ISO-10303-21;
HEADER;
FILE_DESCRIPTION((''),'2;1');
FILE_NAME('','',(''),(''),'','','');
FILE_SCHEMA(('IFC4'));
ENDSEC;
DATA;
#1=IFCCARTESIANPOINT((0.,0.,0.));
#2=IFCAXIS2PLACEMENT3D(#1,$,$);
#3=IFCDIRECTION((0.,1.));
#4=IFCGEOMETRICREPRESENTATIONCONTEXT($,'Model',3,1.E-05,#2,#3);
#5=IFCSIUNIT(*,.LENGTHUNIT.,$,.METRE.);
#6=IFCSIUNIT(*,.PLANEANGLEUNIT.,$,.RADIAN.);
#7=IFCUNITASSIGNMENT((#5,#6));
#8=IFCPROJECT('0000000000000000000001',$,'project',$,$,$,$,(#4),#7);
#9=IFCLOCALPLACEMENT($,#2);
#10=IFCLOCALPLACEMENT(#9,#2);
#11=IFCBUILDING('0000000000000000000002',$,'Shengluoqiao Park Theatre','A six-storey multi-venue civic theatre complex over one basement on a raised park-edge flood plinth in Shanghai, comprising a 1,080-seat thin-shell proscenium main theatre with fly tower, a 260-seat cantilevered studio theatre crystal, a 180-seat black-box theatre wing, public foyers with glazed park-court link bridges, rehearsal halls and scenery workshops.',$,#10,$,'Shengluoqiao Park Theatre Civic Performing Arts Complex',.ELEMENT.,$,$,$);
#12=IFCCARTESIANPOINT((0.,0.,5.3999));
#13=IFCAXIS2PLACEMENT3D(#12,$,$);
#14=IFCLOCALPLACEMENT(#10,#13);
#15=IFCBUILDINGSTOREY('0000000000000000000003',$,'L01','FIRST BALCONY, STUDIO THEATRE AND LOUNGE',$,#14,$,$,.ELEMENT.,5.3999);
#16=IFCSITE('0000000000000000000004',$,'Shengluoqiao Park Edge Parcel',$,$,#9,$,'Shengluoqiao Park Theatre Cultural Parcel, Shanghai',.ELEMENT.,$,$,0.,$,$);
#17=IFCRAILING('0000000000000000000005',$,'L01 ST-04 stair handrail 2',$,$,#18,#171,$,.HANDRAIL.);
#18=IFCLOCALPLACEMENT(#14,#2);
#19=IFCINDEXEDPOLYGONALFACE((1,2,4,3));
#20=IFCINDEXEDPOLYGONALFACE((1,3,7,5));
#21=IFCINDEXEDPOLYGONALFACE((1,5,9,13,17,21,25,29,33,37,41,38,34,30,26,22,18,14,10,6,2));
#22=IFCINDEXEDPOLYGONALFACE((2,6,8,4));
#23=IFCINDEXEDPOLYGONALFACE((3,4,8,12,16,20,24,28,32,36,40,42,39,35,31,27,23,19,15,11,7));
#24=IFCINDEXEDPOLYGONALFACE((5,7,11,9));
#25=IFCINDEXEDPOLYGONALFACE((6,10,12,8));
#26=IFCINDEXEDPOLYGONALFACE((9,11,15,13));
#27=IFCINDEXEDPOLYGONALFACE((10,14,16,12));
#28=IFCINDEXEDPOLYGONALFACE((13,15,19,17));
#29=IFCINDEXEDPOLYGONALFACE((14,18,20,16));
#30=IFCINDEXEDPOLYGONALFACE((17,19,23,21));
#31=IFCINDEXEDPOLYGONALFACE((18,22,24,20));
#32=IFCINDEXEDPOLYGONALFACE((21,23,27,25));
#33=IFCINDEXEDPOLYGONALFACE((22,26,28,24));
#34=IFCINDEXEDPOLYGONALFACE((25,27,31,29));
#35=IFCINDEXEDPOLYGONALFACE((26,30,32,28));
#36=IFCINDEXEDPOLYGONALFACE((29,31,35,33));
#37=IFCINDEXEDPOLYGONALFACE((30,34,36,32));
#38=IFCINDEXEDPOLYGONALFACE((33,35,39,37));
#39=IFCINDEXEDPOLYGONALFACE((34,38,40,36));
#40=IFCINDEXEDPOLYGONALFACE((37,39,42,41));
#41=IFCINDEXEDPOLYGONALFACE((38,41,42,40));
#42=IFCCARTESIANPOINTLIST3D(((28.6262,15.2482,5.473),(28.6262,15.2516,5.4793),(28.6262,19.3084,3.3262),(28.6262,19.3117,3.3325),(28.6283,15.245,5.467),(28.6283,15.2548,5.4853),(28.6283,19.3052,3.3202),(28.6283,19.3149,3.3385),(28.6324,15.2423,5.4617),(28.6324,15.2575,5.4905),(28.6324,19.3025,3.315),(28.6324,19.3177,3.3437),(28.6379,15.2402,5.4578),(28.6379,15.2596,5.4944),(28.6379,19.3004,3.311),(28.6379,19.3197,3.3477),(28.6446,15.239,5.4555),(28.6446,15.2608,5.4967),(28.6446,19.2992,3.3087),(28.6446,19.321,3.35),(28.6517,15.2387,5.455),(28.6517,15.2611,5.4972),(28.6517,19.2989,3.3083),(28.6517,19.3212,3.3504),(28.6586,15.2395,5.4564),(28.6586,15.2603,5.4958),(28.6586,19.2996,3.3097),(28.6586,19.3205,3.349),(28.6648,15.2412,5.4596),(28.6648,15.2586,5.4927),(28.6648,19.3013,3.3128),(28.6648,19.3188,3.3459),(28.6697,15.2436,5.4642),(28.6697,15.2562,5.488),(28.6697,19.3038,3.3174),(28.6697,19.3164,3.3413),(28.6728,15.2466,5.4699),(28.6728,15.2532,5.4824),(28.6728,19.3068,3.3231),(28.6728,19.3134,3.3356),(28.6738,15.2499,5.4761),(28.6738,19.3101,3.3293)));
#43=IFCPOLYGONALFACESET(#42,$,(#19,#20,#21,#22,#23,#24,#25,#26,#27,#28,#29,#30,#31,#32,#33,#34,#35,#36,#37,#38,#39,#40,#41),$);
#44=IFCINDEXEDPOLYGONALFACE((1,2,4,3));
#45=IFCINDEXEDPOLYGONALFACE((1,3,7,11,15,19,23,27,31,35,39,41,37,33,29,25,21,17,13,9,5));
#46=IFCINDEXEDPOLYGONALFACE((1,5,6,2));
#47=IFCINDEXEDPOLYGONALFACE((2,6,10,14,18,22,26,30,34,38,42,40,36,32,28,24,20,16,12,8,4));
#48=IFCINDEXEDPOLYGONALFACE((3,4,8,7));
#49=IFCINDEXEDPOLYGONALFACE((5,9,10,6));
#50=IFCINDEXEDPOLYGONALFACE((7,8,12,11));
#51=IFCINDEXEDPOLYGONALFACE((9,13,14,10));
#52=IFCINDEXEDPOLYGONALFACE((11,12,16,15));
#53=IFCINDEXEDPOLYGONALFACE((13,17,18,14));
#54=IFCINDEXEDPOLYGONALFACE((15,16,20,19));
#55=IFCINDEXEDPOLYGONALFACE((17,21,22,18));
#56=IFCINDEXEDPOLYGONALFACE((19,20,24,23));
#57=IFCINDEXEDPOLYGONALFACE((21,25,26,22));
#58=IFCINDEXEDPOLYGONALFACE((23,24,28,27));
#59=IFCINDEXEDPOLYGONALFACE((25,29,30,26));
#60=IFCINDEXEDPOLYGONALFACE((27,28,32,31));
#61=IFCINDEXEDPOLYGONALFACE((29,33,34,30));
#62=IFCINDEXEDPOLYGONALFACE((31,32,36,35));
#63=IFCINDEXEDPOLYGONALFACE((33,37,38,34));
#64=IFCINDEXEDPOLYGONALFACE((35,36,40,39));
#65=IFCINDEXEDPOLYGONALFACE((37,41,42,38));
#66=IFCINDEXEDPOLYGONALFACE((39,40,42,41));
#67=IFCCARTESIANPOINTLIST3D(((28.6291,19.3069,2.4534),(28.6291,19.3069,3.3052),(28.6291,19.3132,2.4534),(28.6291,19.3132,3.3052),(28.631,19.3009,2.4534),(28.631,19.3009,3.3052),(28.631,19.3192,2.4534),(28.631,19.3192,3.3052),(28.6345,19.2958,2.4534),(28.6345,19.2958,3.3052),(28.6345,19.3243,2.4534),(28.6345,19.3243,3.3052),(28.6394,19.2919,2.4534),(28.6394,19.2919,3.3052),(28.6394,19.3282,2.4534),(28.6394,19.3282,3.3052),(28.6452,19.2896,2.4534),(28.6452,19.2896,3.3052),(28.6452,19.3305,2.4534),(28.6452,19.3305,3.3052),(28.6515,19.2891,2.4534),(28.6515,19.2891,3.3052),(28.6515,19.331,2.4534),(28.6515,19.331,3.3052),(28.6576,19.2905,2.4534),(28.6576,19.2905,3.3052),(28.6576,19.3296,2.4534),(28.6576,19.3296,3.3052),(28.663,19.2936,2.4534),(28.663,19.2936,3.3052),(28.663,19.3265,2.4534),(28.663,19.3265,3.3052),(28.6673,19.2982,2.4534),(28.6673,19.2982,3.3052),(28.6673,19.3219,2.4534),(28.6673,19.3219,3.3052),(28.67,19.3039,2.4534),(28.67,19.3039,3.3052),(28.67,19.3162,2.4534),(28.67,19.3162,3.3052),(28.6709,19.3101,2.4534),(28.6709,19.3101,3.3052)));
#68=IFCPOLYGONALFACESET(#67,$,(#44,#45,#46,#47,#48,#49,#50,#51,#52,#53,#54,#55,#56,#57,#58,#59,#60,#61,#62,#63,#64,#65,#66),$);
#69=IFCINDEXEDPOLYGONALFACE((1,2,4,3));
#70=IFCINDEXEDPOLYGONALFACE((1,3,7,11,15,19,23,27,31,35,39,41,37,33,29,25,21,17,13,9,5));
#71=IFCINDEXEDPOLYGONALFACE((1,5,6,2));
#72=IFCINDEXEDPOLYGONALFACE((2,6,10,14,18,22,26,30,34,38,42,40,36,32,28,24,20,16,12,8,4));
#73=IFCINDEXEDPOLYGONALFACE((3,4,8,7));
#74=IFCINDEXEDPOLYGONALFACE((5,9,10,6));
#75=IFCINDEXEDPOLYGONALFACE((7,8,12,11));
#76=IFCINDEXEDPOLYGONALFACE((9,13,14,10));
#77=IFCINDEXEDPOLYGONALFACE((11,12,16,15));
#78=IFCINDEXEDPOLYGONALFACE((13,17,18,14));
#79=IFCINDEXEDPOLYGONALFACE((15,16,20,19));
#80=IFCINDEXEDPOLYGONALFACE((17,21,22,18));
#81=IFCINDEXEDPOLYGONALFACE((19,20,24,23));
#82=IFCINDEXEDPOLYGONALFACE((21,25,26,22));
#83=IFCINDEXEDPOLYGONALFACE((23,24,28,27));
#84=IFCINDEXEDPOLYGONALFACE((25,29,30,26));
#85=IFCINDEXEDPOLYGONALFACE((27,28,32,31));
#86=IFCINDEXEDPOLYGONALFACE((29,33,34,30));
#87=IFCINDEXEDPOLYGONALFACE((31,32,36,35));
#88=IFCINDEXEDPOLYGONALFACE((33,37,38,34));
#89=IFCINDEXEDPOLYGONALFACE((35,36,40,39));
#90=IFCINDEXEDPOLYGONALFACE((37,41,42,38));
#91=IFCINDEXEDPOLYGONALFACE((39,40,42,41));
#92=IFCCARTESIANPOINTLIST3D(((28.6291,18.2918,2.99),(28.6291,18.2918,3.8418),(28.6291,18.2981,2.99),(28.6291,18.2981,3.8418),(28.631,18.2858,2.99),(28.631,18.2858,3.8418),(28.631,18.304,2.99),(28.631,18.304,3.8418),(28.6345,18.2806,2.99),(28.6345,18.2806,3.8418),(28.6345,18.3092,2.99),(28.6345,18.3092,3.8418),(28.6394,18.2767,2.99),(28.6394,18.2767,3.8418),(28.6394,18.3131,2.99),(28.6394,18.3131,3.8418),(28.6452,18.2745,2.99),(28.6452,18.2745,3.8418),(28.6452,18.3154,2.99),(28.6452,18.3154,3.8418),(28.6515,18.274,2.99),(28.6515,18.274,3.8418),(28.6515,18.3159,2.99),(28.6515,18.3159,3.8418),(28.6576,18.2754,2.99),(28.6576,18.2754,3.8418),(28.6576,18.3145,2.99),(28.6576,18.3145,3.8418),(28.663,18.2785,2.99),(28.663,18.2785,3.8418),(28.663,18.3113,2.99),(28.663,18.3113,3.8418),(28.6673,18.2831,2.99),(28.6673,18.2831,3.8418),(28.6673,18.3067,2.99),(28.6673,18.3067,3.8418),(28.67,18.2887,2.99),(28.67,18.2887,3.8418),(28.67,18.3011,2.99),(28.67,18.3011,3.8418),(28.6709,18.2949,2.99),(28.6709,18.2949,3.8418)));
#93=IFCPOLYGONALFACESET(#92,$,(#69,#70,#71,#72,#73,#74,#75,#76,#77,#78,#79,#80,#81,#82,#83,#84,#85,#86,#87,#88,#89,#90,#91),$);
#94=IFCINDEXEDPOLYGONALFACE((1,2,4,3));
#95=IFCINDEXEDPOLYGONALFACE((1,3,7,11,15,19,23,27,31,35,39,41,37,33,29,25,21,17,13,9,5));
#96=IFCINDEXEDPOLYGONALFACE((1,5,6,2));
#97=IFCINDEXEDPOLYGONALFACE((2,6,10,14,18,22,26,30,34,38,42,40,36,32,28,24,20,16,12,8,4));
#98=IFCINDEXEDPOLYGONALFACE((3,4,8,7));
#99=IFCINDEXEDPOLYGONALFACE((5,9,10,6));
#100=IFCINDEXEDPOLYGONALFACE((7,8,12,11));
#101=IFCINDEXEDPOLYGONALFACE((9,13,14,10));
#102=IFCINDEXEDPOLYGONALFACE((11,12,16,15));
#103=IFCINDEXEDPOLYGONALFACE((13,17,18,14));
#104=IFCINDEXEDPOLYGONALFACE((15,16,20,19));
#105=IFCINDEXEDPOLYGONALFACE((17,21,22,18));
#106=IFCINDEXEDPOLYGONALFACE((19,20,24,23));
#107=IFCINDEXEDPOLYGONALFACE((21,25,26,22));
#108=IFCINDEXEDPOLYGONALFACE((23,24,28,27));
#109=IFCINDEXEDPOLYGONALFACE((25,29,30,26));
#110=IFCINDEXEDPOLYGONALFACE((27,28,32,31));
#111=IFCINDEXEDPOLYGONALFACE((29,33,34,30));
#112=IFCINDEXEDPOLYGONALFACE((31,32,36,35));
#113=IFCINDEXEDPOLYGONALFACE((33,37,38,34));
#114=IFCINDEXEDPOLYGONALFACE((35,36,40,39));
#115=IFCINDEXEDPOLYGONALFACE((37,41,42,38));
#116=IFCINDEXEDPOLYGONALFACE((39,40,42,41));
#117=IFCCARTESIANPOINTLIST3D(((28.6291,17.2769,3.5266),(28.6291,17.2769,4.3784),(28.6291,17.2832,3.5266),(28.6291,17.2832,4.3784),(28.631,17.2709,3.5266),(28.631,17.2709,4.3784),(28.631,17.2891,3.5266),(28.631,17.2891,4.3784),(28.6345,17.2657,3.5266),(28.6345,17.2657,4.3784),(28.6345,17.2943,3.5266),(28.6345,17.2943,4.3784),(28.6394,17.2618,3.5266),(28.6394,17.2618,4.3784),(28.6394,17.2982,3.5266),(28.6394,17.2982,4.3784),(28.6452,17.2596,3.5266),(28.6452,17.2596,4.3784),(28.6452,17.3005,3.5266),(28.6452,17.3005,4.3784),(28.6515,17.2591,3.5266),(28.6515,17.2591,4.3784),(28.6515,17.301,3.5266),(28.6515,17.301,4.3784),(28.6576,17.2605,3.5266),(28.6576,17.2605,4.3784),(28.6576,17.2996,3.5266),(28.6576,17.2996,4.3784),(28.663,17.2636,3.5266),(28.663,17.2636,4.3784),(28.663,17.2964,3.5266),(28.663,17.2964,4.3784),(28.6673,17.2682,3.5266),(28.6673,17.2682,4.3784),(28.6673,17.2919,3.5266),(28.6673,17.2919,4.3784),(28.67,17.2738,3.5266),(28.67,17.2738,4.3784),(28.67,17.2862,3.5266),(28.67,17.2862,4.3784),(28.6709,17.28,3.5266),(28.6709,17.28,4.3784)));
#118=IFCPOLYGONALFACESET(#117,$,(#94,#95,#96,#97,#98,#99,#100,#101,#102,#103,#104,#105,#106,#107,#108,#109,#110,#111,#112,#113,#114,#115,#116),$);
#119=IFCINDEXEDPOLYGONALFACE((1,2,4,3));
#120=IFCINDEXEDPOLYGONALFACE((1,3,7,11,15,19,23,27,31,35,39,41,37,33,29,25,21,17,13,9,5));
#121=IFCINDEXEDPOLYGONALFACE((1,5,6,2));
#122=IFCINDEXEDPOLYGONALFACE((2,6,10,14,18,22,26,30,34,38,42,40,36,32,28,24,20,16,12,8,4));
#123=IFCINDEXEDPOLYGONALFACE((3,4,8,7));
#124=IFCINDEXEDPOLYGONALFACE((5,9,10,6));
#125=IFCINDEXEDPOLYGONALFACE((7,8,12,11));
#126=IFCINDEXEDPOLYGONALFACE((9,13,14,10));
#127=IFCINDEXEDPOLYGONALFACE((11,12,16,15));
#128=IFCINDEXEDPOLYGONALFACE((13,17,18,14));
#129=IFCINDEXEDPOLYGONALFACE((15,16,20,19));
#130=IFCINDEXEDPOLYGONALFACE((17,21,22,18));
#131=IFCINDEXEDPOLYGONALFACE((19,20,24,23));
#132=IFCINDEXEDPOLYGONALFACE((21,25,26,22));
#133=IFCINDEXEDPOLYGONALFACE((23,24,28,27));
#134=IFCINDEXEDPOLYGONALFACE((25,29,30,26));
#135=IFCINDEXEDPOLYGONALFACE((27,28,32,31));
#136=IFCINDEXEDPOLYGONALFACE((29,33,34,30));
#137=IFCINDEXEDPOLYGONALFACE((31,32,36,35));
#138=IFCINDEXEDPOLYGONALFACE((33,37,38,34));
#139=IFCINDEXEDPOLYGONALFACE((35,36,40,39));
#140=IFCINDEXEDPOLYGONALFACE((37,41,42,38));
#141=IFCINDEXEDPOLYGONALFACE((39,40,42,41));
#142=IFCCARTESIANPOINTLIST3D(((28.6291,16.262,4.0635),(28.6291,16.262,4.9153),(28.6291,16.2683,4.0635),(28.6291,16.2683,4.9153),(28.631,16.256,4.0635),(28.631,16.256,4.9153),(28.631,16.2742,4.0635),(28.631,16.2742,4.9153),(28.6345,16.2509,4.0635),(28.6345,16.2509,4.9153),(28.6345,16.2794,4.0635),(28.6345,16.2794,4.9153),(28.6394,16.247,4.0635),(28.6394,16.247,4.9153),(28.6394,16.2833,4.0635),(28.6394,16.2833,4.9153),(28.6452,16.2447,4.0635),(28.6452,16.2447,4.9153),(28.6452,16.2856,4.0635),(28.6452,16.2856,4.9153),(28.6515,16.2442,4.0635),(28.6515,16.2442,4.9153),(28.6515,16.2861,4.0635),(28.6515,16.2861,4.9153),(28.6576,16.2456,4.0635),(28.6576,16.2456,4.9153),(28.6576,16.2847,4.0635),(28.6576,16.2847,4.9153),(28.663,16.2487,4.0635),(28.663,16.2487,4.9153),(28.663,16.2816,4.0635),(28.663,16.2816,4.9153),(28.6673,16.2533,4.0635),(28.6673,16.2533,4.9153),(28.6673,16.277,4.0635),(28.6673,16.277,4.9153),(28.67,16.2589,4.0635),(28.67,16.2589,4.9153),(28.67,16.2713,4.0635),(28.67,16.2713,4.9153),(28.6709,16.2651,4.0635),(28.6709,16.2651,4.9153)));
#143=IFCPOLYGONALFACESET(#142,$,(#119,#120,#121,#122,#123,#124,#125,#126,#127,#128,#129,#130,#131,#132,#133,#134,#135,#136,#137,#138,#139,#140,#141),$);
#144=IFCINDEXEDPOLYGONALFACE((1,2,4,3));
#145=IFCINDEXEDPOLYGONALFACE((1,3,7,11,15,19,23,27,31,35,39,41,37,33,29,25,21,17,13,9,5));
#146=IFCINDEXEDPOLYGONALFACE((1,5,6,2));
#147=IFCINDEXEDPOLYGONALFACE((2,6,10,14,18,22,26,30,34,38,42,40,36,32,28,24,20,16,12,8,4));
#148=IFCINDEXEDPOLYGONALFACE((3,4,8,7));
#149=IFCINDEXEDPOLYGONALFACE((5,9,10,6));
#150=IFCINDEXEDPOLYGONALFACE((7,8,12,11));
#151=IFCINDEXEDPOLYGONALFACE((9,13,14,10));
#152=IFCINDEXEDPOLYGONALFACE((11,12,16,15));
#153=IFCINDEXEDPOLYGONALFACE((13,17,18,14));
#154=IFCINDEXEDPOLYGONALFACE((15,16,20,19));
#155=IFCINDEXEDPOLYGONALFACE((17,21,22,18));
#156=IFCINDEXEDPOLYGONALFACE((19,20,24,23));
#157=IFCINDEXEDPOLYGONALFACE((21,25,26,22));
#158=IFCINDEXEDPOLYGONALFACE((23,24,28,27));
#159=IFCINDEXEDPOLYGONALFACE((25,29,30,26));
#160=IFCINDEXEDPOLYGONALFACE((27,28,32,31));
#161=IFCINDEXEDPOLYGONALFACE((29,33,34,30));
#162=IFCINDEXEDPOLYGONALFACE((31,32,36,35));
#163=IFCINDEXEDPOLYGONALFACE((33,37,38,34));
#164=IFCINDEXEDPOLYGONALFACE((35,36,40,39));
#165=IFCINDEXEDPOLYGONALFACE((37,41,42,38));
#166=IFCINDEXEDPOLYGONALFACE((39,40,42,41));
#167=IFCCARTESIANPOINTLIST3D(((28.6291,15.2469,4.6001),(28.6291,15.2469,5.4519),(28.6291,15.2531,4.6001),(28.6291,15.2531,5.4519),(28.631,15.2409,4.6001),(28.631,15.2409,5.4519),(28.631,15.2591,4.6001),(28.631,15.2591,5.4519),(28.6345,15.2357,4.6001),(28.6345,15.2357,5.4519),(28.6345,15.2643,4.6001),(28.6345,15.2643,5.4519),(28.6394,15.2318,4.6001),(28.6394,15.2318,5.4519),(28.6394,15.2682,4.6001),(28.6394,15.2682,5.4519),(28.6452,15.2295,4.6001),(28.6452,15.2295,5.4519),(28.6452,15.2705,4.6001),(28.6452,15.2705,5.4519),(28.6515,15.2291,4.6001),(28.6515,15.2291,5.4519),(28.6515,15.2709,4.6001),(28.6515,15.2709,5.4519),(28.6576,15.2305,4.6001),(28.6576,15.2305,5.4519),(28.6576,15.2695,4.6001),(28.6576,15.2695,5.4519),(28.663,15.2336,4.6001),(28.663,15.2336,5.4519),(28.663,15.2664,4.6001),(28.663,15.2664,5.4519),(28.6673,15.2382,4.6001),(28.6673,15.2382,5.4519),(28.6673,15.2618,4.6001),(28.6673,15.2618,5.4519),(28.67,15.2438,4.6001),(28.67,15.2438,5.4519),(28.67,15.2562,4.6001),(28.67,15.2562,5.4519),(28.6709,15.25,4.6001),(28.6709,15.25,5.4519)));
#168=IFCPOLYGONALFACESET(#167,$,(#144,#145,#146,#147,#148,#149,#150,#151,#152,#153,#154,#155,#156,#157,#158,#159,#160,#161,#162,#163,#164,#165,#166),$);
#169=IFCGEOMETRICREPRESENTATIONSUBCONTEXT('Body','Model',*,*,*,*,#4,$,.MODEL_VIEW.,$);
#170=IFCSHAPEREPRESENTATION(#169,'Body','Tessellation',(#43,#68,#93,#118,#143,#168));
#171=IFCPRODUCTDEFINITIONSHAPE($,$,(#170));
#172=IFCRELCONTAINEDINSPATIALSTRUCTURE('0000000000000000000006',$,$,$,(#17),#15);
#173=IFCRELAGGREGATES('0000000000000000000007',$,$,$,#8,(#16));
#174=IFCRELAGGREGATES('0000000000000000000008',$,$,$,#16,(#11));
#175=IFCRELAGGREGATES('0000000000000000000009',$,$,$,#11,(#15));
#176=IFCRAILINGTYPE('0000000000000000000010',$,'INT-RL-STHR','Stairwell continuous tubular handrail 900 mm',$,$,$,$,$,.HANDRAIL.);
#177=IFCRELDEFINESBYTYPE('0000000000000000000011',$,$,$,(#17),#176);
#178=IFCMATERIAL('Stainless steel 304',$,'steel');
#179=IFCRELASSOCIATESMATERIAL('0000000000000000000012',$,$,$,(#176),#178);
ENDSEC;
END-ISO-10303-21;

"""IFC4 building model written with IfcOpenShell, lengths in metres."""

from ifc_helpers import new_model, si_unit, direction, frame, origin, origin_2d, place, context, subcontext, project, spatial, circle, extrude, material, type_object, element, save


model = new_model("IFC4")

# Units and contexts
model_context = context("Model", 3, precision=1e-05, world=origin(), true_north=direction((0.0, 1.0)))
body_context = subcontext(model_context, "Body", "Model", "MODEL_VIEW")
ifc_project = project(units=[si_unit("LENGTHUNIT", "METRE"), si_unit("PLANEANGLEUNIT", "RADIAN")], contexts=[model_context])

# Site, building, storey
site_placement = place(None, origin())
site = spatial("IfcSite", under=ifc_project, at=site_placement, Name="Shengluoqiao Park Edge Parcel", LongName="Shengluoqiao Park Theatre Cultural Parcel, Shanghai", CompositionType="ELEMENT", RefElevation=0.0)
building_placement = place(site_placement, origin())
building = spatial("IfcBuilding", under=site, at=building_placement, Name="Shengluoqiao Park Theatre", Description="A six-storey multi-venue civic theatre complex over one basement on a raised park-edge flood plinth in Shanghai, comprising a 1,080-seat thin-shell proscenium main theatre with fly tower, a 260-seat cantilevered studio theatre crystal, a 180-seat black-box theatre wing, public foyers with glazed park-court link bridges, rehearsal halls and scenery workshops.", LongName="Shengluoqiao Park Theatre Civic Performing Arts Complex", CompositionType="ELEMENT")
storey_placement = place(building_placement, frame((0.0, 0.0, 5.3999)))
storey = spatial("IfcBuildingStorey", under=building, at=storey_placement, Name="L01", Description="FIRST BALCONY, STUDIO THEATRE AND LOUNGE", CompositionType="ELEMENT", Elevation=5.3999)

# Railing
ifc_material_1 = material(Name="Stainless steel 304", Category="steel")
railing_type_1 = type_object("IfcRailingType", Name="INT-RL-STHR", Description="Stairwell continuous tubular handrail 900 mm", PredefinedType="HANDRAIL", material=ifc_material_1)
railing_1_placement = place(storey_placement, frame((28.6499, 19.3101, 2.4534)))
element("IfcRailing", 1, at=railing_1_placement, inside=storey, type_object=railing_type_1, Name="L01 ST-04 stair handrail 2", PredefinedType="HANDRAIL", context=body_context, shape_type="SweptSolid", body=[
    extrude(circle(Radius=0.0239, at=origin_2d()), frame((0.0, 0.0, 0.876), z_axis=(0.0, -0.884032, 0.467426), x_axis=(1.0, 0.0, 0.0)), (0.0, 0.0, 1.0), 4.5928),
    extrude(circle(Radius=0.021, at=origin_2d()), origin(), (0.0, 0.0, 1.0), 0.8518),
    extrude(circle(Radius=0.021, at=origin_2d()), frame((0.0, -1.0151, 0.5366)), (0.0, 0.0, 1.0), 0.8518),
    extrude(circle(Radius=0.021, at=origin_2d()), frame((0.0, -2.03, 1.0732)), (0.0, 0.0, 1.0), 0.8518),
    extrude(circle(Radius=0.021, at=origin_2d()), frame((0.0, -3.0449, 1.6101)), (0.0, 0.0, 1.0), 0.8518),
    extrude(circle(Radius=0.021, at=origin_2d()), frame((0.0, -4.0601, 2.1467)), (0.0, 0.0, 1.0), 0.8518),
])

save(model, "model.ifc")
